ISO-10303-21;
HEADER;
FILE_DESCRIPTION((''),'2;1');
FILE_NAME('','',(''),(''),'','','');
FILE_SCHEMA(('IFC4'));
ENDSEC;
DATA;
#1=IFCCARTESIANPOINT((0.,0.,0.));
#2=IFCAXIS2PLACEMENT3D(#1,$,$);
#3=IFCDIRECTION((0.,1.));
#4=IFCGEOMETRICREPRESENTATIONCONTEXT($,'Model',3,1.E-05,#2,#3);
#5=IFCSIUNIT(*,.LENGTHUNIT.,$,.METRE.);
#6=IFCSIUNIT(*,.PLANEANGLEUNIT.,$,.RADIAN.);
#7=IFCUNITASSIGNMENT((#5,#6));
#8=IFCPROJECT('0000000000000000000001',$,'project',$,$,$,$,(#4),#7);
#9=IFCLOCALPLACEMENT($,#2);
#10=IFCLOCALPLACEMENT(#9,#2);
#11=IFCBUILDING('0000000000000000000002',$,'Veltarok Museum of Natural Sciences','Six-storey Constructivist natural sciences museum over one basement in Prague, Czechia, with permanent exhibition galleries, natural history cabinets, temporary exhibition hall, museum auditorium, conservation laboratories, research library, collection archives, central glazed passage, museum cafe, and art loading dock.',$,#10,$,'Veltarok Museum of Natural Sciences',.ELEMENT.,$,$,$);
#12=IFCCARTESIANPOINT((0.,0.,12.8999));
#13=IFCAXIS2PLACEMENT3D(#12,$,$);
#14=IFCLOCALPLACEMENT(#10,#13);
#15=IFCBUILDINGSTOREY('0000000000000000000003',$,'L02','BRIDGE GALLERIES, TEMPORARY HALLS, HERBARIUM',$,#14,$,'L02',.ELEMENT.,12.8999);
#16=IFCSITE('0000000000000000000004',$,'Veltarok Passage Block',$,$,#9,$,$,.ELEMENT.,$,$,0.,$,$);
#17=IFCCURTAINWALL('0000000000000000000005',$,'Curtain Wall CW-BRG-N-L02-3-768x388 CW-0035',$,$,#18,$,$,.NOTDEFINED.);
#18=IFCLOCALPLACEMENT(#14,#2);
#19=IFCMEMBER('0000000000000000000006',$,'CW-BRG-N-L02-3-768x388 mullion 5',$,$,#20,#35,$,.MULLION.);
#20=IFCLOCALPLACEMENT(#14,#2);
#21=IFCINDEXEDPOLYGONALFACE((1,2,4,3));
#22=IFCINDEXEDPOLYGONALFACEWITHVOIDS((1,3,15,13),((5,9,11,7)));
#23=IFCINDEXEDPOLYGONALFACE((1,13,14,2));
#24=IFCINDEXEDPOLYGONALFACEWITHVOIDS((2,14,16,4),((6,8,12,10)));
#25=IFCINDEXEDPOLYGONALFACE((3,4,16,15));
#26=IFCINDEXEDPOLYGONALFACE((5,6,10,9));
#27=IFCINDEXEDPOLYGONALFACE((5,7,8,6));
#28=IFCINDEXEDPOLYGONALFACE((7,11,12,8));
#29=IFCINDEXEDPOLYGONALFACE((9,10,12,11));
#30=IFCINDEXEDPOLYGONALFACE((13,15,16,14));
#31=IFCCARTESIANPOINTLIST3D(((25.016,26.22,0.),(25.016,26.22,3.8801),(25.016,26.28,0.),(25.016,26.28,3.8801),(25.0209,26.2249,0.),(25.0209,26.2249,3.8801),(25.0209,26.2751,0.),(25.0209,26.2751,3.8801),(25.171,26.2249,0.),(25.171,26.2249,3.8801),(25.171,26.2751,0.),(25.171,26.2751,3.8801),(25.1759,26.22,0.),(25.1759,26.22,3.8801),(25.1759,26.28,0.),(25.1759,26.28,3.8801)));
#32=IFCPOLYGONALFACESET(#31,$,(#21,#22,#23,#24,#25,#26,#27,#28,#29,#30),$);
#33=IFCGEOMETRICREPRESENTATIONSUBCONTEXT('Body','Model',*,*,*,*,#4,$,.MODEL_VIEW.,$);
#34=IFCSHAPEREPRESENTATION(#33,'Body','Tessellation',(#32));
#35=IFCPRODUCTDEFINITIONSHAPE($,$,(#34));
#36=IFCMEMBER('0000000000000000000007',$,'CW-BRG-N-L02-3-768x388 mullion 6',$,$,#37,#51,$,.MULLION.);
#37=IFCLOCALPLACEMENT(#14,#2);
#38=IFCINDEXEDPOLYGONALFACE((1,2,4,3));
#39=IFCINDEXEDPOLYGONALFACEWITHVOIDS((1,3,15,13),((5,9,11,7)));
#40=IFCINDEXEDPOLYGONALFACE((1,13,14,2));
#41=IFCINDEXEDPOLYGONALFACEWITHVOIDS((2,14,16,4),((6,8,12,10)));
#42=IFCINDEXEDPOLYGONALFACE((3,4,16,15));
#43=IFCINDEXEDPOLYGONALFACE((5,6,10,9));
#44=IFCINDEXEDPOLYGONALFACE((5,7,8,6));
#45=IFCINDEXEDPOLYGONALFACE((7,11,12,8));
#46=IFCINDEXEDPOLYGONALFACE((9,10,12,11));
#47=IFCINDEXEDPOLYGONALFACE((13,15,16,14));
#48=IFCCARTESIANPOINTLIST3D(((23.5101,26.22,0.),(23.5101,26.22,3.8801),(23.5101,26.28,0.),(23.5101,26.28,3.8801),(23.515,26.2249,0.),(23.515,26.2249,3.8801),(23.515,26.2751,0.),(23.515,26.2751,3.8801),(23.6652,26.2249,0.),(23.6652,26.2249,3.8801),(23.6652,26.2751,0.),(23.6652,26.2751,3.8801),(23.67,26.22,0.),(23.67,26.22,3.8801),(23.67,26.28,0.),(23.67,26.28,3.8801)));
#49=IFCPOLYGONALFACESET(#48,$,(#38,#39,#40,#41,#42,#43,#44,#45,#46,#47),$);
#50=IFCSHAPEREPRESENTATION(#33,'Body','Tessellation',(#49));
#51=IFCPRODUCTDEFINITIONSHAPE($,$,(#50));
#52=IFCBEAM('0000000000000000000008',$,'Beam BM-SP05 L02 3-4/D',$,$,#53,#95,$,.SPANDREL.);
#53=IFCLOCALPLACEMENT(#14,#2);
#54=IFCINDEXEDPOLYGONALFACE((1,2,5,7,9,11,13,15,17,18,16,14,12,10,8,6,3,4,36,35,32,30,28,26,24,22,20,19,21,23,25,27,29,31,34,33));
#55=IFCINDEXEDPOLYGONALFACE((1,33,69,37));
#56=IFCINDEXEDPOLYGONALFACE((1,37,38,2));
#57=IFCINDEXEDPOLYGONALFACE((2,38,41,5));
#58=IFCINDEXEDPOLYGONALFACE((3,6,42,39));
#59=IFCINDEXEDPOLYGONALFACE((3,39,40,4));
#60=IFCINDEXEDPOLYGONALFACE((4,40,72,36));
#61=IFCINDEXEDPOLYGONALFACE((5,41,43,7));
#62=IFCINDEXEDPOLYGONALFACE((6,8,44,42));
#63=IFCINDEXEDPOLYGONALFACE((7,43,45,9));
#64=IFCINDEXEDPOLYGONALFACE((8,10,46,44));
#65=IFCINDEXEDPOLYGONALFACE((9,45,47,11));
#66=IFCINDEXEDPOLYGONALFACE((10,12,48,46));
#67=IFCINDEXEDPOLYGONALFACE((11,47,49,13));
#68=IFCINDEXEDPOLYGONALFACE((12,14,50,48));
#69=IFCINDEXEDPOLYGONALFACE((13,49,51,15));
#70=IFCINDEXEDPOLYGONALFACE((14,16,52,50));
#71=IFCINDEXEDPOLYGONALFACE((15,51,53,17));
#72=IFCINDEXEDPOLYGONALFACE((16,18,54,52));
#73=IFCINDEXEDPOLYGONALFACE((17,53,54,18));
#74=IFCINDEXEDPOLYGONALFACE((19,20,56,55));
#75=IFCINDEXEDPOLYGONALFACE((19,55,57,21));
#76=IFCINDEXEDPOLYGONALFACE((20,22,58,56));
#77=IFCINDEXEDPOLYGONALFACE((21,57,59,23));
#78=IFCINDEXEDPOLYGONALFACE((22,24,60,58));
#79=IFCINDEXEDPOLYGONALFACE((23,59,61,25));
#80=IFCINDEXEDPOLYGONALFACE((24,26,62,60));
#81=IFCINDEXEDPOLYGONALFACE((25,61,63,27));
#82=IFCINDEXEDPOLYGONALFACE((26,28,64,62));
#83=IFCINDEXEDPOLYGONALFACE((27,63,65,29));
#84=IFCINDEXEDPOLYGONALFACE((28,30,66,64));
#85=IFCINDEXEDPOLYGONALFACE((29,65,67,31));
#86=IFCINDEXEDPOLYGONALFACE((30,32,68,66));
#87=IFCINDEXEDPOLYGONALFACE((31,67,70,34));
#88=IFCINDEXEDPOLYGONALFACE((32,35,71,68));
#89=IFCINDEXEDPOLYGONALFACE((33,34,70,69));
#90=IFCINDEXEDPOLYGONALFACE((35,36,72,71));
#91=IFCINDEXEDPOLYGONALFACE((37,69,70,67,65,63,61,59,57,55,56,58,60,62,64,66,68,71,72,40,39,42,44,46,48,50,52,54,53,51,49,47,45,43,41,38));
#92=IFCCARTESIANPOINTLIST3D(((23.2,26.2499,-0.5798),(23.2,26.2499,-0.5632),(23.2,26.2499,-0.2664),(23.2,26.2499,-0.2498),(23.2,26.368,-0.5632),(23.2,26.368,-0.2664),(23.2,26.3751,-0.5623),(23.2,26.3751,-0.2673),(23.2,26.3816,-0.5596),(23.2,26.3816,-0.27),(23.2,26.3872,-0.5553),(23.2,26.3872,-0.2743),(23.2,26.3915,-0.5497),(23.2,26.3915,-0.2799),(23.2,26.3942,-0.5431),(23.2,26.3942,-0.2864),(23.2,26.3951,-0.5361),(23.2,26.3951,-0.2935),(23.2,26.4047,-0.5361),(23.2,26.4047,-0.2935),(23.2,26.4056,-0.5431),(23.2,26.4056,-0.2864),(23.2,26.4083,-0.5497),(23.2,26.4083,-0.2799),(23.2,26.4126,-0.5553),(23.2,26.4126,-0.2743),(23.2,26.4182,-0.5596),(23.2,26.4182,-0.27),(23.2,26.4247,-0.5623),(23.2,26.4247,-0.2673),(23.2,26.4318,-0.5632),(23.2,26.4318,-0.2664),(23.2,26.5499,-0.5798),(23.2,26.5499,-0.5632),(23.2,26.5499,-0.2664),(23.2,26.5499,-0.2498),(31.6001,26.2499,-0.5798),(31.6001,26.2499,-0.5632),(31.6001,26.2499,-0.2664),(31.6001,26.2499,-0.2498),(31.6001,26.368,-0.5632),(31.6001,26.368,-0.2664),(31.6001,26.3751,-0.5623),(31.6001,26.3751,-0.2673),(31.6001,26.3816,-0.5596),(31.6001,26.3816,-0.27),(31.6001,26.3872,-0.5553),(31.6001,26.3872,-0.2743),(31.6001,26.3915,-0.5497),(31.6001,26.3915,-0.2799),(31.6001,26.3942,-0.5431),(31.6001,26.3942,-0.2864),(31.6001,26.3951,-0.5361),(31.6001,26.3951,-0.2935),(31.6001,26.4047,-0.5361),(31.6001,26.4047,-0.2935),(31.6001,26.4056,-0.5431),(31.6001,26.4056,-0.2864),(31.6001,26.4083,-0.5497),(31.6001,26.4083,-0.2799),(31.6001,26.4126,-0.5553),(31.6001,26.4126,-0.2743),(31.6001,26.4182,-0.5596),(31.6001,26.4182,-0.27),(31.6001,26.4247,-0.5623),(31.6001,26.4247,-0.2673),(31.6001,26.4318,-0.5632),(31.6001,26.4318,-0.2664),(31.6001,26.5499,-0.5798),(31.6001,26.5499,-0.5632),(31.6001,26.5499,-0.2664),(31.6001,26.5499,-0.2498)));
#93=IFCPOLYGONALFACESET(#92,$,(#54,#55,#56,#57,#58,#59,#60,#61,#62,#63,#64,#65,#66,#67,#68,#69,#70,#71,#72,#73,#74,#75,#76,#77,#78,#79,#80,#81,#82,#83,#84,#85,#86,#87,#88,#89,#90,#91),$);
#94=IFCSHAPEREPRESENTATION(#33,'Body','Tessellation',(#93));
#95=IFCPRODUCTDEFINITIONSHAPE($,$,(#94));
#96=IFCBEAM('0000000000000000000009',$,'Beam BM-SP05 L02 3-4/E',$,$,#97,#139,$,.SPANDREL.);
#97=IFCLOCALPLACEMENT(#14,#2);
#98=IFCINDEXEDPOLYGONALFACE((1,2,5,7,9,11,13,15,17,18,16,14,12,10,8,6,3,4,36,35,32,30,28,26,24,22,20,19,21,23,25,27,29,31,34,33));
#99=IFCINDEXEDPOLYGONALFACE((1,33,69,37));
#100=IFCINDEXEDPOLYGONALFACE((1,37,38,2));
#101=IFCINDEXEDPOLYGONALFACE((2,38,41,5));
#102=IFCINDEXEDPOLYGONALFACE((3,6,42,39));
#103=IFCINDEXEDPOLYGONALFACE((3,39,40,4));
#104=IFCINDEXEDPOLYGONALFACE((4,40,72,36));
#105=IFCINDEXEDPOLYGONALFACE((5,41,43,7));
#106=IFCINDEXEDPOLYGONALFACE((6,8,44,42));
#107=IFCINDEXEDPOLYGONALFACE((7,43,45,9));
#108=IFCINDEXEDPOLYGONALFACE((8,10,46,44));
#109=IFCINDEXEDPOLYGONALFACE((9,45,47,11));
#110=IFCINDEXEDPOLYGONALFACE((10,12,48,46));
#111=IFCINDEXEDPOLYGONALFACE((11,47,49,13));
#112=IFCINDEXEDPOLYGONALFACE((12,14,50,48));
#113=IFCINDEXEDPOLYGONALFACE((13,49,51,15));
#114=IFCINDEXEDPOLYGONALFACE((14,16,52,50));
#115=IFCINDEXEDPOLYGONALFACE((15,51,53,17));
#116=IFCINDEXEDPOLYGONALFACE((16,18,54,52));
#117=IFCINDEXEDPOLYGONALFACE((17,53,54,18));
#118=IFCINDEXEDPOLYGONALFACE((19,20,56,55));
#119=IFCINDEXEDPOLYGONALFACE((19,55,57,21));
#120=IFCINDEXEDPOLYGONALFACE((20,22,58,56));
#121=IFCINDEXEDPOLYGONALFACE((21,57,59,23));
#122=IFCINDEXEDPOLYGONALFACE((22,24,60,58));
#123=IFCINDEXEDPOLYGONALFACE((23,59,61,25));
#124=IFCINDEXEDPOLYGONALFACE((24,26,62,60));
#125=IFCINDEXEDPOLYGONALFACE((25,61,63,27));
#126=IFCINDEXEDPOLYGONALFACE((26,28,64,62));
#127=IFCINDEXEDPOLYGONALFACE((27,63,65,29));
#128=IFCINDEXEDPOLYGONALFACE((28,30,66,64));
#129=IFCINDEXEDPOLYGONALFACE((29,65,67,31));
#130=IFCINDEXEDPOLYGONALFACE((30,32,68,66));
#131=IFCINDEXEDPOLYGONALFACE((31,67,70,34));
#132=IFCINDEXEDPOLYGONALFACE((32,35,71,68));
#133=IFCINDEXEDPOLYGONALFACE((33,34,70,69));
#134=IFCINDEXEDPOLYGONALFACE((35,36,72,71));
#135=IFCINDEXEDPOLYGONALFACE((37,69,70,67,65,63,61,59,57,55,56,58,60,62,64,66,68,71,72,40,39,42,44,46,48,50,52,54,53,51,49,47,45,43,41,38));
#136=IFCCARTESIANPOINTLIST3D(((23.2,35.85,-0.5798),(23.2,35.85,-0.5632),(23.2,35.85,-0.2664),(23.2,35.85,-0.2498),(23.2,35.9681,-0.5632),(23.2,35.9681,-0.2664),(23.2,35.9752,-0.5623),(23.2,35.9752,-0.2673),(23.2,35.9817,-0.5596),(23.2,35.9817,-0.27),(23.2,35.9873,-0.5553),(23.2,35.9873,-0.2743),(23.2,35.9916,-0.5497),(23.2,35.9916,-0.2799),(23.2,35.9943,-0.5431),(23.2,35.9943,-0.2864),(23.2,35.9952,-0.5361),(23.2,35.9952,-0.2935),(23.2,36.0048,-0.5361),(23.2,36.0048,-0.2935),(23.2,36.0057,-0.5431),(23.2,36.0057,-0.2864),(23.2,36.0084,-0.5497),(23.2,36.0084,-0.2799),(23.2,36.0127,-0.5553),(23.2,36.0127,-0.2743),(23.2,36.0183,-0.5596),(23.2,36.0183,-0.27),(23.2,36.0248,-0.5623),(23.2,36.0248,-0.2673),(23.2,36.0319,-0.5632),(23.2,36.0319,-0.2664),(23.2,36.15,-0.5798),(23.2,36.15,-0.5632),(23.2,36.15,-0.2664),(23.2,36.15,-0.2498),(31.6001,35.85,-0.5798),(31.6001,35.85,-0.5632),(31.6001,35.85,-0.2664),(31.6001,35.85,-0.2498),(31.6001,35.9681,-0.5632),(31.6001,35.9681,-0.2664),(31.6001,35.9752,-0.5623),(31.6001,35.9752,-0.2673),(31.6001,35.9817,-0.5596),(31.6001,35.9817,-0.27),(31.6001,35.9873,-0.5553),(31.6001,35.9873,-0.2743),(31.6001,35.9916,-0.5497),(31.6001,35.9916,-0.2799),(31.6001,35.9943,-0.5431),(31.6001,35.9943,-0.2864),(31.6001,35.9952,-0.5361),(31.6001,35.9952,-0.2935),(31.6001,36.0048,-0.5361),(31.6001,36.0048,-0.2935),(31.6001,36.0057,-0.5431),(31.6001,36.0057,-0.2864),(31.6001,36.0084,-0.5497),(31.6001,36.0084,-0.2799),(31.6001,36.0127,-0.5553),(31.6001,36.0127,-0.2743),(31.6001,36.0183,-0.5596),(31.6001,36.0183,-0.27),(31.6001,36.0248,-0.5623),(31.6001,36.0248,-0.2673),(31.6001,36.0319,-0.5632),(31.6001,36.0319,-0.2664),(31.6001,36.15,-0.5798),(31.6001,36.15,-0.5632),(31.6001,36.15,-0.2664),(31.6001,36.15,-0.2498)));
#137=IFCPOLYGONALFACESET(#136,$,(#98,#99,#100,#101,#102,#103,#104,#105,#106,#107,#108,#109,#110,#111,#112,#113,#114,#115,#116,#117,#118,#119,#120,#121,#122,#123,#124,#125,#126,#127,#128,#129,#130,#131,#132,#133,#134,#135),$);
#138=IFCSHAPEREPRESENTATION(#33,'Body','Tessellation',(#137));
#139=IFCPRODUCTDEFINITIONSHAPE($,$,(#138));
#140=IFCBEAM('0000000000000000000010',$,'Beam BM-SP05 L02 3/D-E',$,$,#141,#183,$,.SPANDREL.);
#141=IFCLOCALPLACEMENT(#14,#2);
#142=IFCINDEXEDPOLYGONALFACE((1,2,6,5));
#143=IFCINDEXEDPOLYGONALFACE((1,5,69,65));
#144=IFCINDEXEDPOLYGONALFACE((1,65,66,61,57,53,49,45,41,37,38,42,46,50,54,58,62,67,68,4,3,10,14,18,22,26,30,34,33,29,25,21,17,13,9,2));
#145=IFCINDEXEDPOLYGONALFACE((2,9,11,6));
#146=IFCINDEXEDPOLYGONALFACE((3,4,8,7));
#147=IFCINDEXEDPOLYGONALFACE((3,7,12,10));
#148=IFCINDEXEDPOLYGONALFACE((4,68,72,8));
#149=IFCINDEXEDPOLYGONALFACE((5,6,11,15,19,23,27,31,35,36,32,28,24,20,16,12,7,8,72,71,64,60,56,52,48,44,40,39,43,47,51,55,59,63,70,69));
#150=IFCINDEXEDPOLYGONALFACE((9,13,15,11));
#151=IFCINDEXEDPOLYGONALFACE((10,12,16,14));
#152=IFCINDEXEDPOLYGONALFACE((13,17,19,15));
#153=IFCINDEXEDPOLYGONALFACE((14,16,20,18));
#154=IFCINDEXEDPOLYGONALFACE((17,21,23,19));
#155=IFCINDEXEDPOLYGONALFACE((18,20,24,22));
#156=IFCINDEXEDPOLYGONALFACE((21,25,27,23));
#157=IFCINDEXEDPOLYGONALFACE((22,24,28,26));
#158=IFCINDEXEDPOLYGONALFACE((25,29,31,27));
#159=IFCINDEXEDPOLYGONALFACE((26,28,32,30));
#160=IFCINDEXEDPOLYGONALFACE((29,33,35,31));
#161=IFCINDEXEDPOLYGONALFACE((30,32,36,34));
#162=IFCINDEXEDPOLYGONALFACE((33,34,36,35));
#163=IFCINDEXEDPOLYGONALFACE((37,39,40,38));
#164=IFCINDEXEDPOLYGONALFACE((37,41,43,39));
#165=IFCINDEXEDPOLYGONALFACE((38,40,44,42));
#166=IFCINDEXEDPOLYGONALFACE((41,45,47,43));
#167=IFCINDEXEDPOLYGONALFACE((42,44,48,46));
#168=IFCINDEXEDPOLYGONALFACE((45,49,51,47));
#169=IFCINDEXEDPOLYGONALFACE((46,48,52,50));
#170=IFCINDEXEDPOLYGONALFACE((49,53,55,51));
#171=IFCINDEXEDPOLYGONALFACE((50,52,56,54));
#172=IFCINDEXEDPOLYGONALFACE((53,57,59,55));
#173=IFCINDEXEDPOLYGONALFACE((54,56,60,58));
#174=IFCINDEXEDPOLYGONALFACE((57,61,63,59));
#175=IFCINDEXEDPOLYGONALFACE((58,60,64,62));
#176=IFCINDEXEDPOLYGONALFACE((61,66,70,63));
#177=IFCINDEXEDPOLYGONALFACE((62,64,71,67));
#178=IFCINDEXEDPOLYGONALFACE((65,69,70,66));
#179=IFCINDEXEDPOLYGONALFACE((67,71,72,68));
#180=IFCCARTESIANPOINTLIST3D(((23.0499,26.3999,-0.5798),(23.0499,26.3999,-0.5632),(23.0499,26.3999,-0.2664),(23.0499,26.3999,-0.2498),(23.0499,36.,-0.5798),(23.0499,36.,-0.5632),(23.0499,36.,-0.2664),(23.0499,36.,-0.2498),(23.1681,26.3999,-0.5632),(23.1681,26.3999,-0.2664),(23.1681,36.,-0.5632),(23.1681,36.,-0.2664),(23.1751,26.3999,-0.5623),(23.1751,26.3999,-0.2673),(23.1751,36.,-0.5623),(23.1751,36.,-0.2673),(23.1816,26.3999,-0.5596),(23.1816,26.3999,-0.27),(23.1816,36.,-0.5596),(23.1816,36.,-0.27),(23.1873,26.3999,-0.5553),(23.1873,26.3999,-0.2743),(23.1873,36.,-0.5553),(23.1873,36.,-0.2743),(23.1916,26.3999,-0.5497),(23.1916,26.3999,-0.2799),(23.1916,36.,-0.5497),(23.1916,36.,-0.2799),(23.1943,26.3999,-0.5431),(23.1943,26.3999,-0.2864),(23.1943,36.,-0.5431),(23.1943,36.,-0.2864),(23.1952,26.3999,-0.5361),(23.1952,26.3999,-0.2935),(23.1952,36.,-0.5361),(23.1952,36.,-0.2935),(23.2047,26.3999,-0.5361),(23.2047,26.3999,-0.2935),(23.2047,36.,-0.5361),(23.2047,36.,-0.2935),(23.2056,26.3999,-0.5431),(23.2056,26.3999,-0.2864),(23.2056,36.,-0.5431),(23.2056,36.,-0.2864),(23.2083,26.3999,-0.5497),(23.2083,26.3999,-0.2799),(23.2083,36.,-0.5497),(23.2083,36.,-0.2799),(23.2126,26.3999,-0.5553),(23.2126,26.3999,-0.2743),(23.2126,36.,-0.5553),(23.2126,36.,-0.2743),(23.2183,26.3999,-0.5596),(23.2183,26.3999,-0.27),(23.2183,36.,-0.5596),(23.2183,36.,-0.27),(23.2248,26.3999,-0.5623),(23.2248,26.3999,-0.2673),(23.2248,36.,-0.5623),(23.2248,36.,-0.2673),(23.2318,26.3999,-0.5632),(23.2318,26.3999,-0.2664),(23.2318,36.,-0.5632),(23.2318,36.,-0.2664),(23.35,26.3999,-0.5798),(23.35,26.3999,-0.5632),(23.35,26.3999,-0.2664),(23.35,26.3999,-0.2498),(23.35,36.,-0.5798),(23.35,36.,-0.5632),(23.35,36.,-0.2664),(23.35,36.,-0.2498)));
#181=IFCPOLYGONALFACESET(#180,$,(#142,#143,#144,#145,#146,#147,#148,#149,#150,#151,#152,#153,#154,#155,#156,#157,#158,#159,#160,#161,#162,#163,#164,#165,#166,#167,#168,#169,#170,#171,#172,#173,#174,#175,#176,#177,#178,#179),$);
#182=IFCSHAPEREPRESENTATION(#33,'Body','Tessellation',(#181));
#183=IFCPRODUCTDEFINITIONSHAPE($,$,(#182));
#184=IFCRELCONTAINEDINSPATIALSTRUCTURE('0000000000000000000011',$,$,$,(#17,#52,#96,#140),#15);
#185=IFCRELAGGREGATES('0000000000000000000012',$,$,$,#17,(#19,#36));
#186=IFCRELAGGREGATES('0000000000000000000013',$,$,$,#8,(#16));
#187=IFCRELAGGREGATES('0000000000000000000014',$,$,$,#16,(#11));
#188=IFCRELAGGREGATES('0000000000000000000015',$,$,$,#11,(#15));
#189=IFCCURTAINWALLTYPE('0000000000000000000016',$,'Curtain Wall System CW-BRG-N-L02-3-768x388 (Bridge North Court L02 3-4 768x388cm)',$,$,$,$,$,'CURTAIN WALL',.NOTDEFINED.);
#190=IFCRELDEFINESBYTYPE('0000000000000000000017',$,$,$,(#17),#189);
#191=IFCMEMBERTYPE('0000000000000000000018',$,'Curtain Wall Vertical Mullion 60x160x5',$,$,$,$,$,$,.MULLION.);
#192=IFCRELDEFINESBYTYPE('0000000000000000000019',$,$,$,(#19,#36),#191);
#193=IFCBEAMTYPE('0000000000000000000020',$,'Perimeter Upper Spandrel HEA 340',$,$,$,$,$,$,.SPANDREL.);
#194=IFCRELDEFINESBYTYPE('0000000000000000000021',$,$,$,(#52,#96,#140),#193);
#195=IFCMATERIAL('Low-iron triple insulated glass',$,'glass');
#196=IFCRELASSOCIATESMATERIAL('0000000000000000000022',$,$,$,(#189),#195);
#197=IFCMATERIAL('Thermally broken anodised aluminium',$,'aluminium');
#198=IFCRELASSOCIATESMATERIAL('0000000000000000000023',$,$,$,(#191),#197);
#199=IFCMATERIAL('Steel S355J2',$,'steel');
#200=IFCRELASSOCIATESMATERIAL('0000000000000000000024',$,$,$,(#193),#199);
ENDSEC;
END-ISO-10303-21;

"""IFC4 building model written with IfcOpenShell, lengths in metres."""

from ifc_helpers import new_model, si_unit, direction, frame, origin, origin_2d, place, context, subcontext, project, spatial, hollow_rectangle, i_section, extrude, material, material_profile, profile_set, type_object, element, aggregate, save


model = new_model("IFC4")

# Units and contexts
model_context = context("Model", 3, precision=1e-05, world=origin(), true_north=direction((0.0, 1.0)))
body_context = subcontext(model_context, "Body", "Model", "MODEL_VIEW")
ifc_project = project(units=[si_unit("LENGTHUNIT", "METRE"), si_unit("PLANEANGLEUNIT", "RADIAN")], contexts=[model_context])

# Site, building, storey
site_placement = place(None, origin())
site = spatial("IfcSite", under=ifc_project, at=site_placement, Name="Veltarok Passage Block", CompositionType="ELEMENT", RefElevation=0.0)
building_placement = place(site_placement, origin())
building = spatial("IfcBuilding", under=site, at=building_placement, Name="Veltarok Museum of Natural Sciences", Description="Six-storey Constructivist natural sciences museum over one basement in Prague, Czechia, with permanent exhibition galleries, natural history cabinets, temporary exhibition hall, museum auditorium, conservation laboratories, research library, collection archives, central glazed passage, museum cafe, and art loading dock.", LongName="Veltarok Museum of Natural Sciences", CompositionType="ELEMENT")
storey_placement = place(building_placement, frame((0.0, 0.0, 12.8999)))
storey = spatial("IfcBuildingStorey", under=building, at=storey_placement, Name="L02", Description="BRIDGE GALLERIES, TEMPORARY HALLS, HERBARIUM", LongName="L02", CompositionType="ELEMENT", Elevation=12.8999)

# Shared definitions
ifc_material_1 = material(Name="Steel S355J2", Category="steel")

# Curtain wall
ifc_material_2 = material(Name="Low-iron triple insulated glass", Category="glass")
ifc_material_3 = material(Name="Thermally broken anodised aluminium", Category="aluminium")
curtain_wall_type_1 = type_object("IfcCurtainWallType", Name="Curtain Wall System CW-BRG-N-L02-3-768x388 (Bridge North Court L02 3-4 768x388cm)", ElementType="CURTAIN WALL", PredefinedType="NOTDEFINED", material=ifc_material_2)
curtain_wall_1_placement = place(storey_placement, origin())
curtain_wall_1 = element("IfcCurtainWall", 1, at=curtain_wall_1_placement, inside=storey, type_object=curtain_wall_type_1, Name="Curtain Wall CW-BRG-N-L02-3-768x388 CW-0035", PredefinedType="NOTDEFINED")

# Members
ifc_material_profile_1 = material_profile(ifc_material_3, hollow_rectangle(XDim=0.0601, YDim=0.1599, WallThickness=0.0049, at=origin_2d()), Name="CW MULLION 60x160x5")
ifc_profile_set_1 = profile_set([ifc_material_profile_1], Name="Thermally broken anodised aluminium")
member_type_1 = type_object("IfcMemberType", Name="Curtain Wall Vertical Mullion 60x160x5", PredefinedType="MULLION", material=ifc_profile_set_1)
member_1_placement = place(storey_placement, frame((25.0959, 26.25, 0.0), z_axis=(0.0, 0.0, 1.0), x_axis=(0.0, -1.0, 0.0)))
member_1 = element("IfcMember", 2, at=member_1_placement, type_object=member_type_1, Name="CW-BRG-N-L02-3-768x388 mullion 5", PredefinedType="MULLION", context=body_context, shape_type="SweptSolid", body=[
    extrude(hollow_rectangle(XDim=0.0601, YDim=0.1599, WallThickness=0.0049, at=origin_2d()), origin(), (0.0, 0.0, 1.0), 3.8801),
])
member_2_placement = place(storey_placement, frame((23.5901, 26.25, 0.0), z_axis=(0.0, 0.0, 1.0), x_axis=(0.0, -1.0, 0.0)))
member_2 = element("IfcMember", 3, at=member_2_placement, type_object=member_type_1, Name="CW-BRG-N-L02-3-768x388 mullion 6", PredefinedType="MULLION", context=body_context, shape_type="SweptSolid", body=[
    extrude(hollow_rectangle(XDim=0.0601, YDim=0.1599, WallThickness=0.0049, at=origin_2d()), origin(), (0.0, 0.0, 1.0), 3.8801),
])

# Beams
ifc_material_profile_2 = material_profile(ifc_material_1, i_section(OverallWidth=0.3, OverallDepth=0.3301, WebThickness=0.0095, FlangeThickness=0.0166, FilletRadius=0.0271, at=origin_2d()), Name="HEA 340")
ifc_profile_set_2 = profile_set([ifc_material_profile_2], Name="Steel S355J2")
beam_type = type_object("IfcBeamType", Name="Perimeter Upper Spandrel HEA 340", PredefinedType="SPANDREL", material=ifc_profile_set_2)
for number, where, z_axis, x_axis, name in (
    (4, (23.2, 26.3999, -0.4148), (1.0, 0.0, 0.0), (0.0, 1.0, 0.0), "Beam BM-SP05 L02 3-4/D"),
    (5, (23.2, 36.0, -0.4148), (1.0, 0.0, 0.0), (0.0, 1.0, 0.0), "Beam BM-SP05 L02 3-4/E"),
):
    element("IfcBeam", number, at=place(storey_placement, frame(where, z_axis=z_axis, x_axis=x_axis)), inside=storey, type_object=beam_type, Name=name, PredefinedType="SPANDREL", context=body_context, shape_type="SweptSolid", body=[
        extrude(i_section(OverallWidth=0.3, OverallDepth=0.3301, WebThickness=0.0095, FlangeThickness=0.0166, FilletRadius=0.0271, at=origin_2d()), origin(), (0.0, 0.0, 1.0), 8.4001),
    ])
beam_1_placement = place(storey_placement, frame((23.2, 26.3999, -0.4148), z_axis=(0.0, 1.0, 0.0), x_axis=(-1.0, 0.0, 0.0)))
element("IfcBeam", 6, at=beam_1_placement, inside=storey, type_object=beam_type, Name="Beam BM-SP05 L02 3/D-E", PredefinedType="SPANDREL", context=body_context, shape_type="SweptSolid", body=[
    extrude(i_section(OverallWidth=0.3, OverallDepth=0.3301, WebThickness=0.0095, FlangeThickness=0.0166, FilletRadius=0.0271, at=origin_2d()), origin(), (0.0, 0.0, 1.0), 9.6001),
])

aggregate(curtain_wall_1, [member_1, member_2])

save(model, "model.ifc")
